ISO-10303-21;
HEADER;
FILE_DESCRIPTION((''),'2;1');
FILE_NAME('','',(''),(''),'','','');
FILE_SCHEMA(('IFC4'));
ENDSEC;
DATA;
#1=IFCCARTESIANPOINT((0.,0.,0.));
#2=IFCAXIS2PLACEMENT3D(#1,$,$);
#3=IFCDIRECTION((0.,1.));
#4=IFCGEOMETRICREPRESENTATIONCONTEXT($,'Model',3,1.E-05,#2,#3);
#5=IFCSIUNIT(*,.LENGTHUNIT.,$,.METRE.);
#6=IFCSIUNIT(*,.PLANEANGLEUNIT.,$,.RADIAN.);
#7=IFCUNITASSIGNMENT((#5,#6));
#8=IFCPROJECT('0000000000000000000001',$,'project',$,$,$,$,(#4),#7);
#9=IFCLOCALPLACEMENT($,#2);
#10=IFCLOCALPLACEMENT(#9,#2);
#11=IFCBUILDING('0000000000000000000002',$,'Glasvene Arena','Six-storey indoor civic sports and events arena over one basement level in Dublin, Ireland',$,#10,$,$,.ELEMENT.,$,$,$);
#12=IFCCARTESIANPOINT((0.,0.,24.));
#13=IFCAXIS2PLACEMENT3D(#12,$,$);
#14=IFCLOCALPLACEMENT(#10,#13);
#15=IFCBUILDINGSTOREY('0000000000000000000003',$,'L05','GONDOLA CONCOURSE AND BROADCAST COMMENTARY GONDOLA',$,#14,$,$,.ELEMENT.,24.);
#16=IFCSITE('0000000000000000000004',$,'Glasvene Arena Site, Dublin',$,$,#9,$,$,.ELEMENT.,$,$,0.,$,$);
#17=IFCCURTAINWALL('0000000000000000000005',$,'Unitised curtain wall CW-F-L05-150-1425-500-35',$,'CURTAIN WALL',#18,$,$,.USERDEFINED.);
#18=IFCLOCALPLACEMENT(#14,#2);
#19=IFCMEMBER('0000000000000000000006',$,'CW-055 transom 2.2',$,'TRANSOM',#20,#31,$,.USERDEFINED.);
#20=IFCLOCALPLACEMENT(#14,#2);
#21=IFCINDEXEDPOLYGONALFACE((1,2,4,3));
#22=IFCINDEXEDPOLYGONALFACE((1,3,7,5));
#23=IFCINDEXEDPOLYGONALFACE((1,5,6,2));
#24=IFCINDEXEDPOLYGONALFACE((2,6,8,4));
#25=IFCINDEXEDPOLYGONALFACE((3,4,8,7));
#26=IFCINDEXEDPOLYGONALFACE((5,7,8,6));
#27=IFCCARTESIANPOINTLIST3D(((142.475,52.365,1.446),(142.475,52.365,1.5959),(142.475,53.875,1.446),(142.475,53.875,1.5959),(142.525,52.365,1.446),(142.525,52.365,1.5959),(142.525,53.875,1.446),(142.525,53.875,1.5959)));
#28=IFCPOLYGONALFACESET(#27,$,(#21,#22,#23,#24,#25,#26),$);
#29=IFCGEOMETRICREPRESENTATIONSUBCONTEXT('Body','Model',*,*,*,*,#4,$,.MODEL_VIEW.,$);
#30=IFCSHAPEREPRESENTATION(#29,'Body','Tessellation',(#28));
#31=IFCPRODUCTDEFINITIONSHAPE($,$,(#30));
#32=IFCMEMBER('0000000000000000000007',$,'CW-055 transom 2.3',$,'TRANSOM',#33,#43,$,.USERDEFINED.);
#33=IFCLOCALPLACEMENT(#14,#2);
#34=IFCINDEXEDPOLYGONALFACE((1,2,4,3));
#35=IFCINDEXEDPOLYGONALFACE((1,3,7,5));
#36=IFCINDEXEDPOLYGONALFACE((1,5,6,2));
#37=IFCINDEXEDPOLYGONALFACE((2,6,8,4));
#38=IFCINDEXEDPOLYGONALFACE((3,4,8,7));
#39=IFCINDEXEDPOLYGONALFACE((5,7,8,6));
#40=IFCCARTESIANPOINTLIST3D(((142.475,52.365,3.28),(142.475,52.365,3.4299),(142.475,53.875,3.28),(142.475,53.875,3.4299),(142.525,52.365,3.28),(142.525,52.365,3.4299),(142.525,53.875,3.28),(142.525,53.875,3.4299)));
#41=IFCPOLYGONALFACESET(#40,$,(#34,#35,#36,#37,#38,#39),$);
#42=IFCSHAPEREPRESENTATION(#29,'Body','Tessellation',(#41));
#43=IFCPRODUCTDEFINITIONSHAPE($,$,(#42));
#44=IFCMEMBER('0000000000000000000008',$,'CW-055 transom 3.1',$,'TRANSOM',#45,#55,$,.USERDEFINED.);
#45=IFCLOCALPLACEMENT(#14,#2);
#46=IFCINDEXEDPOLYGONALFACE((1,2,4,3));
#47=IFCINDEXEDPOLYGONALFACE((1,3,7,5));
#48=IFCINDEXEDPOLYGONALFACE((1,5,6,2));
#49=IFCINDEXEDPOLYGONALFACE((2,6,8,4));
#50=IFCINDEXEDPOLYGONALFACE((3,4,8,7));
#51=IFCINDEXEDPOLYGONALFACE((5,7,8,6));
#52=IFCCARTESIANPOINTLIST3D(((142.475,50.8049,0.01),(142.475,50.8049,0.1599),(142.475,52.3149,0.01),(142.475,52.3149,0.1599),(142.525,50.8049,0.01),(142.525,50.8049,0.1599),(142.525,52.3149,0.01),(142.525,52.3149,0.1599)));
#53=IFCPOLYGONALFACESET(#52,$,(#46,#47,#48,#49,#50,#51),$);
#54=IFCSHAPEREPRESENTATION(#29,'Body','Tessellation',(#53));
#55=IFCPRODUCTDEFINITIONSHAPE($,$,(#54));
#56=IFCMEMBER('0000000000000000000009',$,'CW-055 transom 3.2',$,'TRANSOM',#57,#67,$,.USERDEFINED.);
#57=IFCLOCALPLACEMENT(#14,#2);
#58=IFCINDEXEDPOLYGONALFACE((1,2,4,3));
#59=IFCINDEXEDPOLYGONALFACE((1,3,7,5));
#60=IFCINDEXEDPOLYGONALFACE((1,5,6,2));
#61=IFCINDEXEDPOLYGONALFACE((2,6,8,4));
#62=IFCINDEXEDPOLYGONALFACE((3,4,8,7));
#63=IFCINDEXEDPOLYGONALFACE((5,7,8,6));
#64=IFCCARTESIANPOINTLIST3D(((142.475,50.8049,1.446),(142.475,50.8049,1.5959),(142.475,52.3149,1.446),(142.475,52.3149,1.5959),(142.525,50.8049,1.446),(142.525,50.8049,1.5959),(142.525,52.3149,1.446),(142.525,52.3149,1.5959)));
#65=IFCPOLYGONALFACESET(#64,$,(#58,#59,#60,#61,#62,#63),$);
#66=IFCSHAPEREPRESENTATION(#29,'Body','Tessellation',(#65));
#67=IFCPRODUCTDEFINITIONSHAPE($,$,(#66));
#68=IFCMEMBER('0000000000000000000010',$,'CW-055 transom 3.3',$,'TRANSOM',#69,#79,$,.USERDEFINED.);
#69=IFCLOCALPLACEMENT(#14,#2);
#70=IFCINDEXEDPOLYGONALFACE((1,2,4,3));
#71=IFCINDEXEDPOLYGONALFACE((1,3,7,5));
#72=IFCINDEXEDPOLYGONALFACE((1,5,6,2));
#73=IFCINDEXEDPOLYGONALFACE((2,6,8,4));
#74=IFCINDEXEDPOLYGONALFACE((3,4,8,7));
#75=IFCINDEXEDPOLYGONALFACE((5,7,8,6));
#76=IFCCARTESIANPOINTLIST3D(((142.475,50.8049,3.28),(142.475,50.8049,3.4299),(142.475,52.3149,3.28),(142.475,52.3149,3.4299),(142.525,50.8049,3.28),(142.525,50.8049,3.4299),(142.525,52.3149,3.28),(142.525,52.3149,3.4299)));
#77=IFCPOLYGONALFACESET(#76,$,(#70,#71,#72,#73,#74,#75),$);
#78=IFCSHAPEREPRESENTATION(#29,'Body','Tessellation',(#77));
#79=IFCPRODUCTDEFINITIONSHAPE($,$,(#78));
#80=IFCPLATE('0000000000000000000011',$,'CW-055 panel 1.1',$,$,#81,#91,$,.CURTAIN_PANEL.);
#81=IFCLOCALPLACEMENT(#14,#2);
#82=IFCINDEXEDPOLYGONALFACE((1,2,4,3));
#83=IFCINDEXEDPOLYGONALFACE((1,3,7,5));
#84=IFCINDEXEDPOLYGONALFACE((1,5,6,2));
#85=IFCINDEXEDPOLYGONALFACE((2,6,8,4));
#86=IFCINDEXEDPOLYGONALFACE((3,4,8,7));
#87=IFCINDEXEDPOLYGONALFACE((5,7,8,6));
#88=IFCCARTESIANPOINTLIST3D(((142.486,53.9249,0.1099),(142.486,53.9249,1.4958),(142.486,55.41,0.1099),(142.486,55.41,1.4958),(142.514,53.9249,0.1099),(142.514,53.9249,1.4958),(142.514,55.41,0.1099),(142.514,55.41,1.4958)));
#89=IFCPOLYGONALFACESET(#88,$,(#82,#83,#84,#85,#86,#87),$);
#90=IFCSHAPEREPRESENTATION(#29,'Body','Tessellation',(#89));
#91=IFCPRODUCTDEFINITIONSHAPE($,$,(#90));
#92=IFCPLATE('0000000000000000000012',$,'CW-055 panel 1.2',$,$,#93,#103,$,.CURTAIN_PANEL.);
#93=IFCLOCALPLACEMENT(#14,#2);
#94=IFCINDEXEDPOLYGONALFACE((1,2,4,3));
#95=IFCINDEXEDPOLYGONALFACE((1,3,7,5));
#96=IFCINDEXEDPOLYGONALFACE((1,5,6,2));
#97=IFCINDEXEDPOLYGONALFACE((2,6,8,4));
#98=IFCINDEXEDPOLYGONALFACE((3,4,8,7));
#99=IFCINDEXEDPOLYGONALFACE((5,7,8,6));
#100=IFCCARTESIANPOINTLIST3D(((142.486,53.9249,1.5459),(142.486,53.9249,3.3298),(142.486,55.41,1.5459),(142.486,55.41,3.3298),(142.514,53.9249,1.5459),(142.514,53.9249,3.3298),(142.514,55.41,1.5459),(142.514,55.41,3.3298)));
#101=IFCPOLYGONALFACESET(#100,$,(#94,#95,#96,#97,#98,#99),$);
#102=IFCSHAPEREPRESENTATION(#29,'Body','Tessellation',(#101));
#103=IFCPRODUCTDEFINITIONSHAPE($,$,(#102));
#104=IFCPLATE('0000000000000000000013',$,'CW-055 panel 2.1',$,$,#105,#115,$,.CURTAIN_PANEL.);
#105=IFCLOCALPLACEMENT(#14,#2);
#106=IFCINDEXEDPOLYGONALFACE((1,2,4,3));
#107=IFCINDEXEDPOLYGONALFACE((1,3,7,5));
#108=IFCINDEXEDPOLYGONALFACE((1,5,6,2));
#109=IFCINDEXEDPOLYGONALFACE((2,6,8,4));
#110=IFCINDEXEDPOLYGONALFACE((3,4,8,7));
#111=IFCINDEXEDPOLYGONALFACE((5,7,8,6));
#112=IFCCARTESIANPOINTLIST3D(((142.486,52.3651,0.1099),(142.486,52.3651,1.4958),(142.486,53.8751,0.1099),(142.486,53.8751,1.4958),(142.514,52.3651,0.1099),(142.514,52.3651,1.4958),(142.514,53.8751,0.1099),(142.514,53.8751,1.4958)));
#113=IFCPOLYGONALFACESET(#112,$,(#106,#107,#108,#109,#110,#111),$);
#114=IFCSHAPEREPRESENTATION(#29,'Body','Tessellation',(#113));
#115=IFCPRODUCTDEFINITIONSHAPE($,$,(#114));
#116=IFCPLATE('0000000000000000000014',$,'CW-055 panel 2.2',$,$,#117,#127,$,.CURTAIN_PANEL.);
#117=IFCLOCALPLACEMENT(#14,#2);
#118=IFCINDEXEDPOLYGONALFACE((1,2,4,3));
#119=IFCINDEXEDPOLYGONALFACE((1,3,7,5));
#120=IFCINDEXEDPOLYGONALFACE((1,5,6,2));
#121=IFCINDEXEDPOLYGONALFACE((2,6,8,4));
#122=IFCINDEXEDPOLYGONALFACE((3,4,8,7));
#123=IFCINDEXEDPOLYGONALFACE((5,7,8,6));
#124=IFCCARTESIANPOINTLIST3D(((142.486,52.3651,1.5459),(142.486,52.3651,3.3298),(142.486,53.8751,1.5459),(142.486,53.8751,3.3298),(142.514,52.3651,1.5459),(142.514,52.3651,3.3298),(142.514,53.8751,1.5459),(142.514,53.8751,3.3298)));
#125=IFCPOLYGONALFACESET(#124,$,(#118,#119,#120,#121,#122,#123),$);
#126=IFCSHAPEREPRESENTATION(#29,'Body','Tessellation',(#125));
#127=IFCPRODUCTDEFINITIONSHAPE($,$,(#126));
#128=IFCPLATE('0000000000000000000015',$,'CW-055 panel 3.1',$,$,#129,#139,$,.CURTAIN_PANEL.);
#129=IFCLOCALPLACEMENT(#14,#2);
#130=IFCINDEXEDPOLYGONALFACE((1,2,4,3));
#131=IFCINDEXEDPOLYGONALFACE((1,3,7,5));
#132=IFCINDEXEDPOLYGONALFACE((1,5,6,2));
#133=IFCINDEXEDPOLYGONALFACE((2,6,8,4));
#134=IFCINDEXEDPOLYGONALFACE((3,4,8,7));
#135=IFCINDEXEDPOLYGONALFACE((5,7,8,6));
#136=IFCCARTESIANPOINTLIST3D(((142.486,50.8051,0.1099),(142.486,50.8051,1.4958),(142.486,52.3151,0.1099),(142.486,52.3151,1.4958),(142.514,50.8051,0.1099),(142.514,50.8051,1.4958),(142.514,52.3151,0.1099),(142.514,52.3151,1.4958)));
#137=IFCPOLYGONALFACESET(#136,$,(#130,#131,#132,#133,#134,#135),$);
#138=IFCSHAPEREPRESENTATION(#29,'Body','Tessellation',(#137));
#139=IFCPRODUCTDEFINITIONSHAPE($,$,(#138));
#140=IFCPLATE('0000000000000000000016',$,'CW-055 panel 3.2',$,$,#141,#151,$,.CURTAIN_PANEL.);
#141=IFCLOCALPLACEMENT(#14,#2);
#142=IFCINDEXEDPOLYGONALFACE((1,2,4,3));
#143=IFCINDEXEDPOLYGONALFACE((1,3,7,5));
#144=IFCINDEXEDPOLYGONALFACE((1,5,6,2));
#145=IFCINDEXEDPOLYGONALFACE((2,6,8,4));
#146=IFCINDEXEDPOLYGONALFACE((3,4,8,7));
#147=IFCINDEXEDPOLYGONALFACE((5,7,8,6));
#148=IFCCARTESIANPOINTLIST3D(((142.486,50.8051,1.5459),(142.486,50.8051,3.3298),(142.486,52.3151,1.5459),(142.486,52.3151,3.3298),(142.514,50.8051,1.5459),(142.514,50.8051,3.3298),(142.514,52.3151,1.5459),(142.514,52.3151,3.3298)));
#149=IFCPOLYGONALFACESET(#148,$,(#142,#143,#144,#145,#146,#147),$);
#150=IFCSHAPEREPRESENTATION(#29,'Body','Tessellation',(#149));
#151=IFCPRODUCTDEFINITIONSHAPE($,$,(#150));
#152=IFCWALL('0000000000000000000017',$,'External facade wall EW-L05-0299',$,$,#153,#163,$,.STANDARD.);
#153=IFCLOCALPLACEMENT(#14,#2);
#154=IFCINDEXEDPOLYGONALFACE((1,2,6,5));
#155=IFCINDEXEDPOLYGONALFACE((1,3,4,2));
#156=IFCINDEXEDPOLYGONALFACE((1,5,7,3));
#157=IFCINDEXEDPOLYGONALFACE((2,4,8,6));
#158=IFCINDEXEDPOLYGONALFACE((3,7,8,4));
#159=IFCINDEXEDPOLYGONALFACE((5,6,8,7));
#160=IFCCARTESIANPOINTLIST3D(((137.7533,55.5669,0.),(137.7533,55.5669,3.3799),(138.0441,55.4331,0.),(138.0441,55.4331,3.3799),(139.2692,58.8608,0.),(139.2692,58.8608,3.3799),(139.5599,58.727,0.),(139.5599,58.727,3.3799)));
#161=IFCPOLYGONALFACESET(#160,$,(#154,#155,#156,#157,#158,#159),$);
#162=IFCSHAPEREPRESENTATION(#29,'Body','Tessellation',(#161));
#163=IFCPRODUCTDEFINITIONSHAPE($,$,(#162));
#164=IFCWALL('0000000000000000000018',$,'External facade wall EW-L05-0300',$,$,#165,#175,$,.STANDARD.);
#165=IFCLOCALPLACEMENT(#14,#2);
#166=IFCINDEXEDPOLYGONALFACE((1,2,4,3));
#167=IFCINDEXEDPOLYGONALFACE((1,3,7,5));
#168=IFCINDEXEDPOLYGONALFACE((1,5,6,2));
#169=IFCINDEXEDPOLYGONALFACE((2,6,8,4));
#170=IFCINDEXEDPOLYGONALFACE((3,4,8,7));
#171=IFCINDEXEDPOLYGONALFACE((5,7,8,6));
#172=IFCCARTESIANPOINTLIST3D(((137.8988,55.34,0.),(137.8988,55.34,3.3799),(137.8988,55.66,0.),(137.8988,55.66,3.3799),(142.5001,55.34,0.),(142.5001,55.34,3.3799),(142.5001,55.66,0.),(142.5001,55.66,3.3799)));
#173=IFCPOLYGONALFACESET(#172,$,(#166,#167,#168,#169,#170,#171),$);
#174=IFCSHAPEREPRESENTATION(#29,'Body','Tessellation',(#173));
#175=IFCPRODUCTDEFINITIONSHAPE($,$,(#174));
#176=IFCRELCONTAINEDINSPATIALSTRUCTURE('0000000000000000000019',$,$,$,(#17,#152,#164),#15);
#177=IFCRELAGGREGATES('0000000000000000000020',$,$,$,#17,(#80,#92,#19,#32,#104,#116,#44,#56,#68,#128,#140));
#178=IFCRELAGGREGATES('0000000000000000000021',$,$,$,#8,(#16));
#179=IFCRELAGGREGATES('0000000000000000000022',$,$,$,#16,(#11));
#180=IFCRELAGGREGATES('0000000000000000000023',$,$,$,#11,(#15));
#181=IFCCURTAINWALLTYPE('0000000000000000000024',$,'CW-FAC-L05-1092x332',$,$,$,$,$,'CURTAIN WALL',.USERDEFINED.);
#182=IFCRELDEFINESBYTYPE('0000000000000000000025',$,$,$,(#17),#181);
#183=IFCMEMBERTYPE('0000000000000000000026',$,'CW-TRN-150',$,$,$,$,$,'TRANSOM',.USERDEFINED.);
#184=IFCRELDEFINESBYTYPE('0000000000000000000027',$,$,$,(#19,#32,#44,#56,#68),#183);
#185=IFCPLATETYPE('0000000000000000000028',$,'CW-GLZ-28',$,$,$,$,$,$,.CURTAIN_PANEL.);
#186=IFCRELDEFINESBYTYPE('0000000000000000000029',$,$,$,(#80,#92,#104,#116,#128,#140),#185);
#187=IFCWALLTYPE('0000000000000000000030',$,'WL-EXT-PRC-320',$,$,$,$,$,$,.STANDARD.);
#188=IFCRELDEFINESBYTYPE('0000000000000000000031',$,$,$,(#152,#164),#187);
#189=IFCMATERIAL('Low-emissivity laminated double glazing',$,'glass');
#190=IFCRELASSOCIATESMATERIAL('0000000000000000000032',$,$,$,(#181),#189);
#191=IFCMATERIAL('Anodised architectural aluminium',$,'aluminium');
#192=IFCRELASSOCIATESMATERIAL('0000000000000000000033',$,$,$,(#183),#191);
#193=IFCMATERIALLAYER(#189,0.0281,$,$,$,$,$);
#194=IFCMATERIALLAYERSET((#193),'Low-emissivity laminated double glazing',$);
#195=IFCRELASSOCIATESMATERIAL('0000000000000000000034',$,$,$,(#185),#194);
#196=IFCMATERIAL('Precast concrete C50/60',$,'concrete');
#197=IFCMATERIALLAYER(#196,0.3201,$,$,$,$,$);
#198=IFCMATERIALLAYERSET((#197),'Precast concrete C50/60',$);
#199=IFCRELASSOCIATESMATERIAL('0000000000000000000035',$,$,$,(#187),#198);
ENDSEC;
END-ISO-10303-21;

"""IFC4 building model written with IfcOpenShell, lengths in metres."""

from ifc_helpers import new_model, si_unit, direction, frame, frame_2d, origin, origin_2d, place, context, subcontext, project, spatial, rectangle, extrude, material, layer, layer_set, material_profile, profile_set, type_object, element, aggregate, save


model = new_model("IFC4")

# Units and contexts
model_context = context("Model", 3, precision=1e-05, world=origin(), true_north=direction((0.0, 1.0)))
body_context = subcontext(model_context, "Body", "Model", "MODEL_VIEW")
ifc_project = project(units=[si_unit("LENGTHUNIT", "METRE"), si_unit("PLANEANGLEUNIT", "RADIAN")], contexts=[model_context])

# Site, building, storey
site_placement = place(None, origin())
site = spatial("IfcSite", under=ifc_project, at=site_placement, Name="Glasvene Arena Site, Dublin", CompositionType="ELEMENT", RefElevation=0.0)
building_placement = place(site_placement, origin())
building = spatial("IfcBuilding", under=site, at=building_placement, Name="Glasvene Arena", Description="Six-storey indoor civic sports and events arena over one basement level in Dublin, Ireland", CompositionType="ELEMENT")
storey_placement = place(building_placement, frame((0.0, 0.0, 24.0)))
storey = spatial("IfcBuildingStorey", under=building, at=storey_placement, Name="L05", Description="GONDOLA CONCOURSE AND BROADCAST COMMENTARY GONDOLA", CompositionType="ELEMENT", Elevation=24.0)

# Curtain wall, members, plates
ifc_material_1 = material(Name="Low-emissivity laminated double glazing", Category="glass")
curtain_wall_type = type_object("IfcCurtainWallType", Name="CW-FAC-L05-1092x332", ElementType="CURTAIN WALL", PredefinedType="USERDEFINED", material=ifc_material_1)
curtain_wall_placement = place(storey_placement, frame((142.5, 55.46, 0.0)))
curtain_wall = element("IfcCurtainWall", 1, at=curtain_wall_placement, inside=storey, type_object=curtain_wall_type, Name="Unitised curtain wall CW-F-L05-150-1425-500-35", ObjectType="CURTAIN WALL", PredefinedType="USERDEFINED")
ifc_material_2 = material(Name="Anodised architectural aluminium", Category="aluminium")
ifc_material_profile_1 = material_profile(ifc_material_2, rectangle(XDim=0.05, YDim=0.1499, at=origin_2d()), Name="ALU TRANSOM 50x150")
ifc_profile_set_1 = profile_set([ifc_material_profile_1], Name="Anodised architectural aluminium")
member_type_1 = type_object("IfcMemberType", Name="CW-TRN-150", ElementType="TRANSOM", PredefinedType="USERDEFINED", material=ifc_profile_set_1)
member_1_placement = place(storey_placement, frame((142.5, 53.875, 1.521), z_axis=(0.0, -1.0, 0.0), x_axis=(1.0, 0.0, 0.0)))
member_1 = element("IfcMember", 2, at=member_1_placement, type_object=member_type_1, Name="CW-055 transom 2.2", ObjectType="TRANSOM", PredefinedType="USERDEFINED", context=body_context, shape_type="SweptSolid", body=[
    extrude(rectangle(XDim=0.05, YDim=0.1499, at=origin_2d()), origin(), (0.0, 0.0, 1.0), 1.51),
])
member_2_placement = place(storey_placement, frame((142.5, 53.875, 3.355), z_axis=(0.0, -1.0, 0.0), x_axis=(1.0, 0.0, 0.0)))
member_2 = element("IfcMember", 3, at=member_2_placement, type_object=member_type_1, Name="CW-055 transom 2.3", ObjectType="TRANSOM", PredefinedType="USERDEFINED", context=body_context, shape_type="SweptSolid", body=[
    extrude(rectangle(XDim=0.05, YDim=0.1499, at=origin_2d()), origin(), (0.0, 0.0, 1.0), 1.51),
])
member_3_placement = place(storey_placement, frame((142.5, 52.3149, 0.085), z_axis=(0.0, -1.0, 0.0), x_axis=(1.0, 0.0, 0.0)))
member_3 = element("IfcMember", 4, at=member_3_placement, type_object=member_type_1, Name="CW-055 transom 3.1", ObjectType="TRANSOM", PredefinedType="USERDEFINED", context=body_context, shape_type="SweptSolid", body=[
    extrude(rectangle(XDim=0.05, YDim=0.1499, at=origin_2d()), origin(), (0.0, 0.0, 1.0), 1.51),
])
member_4_placement = place(storey_placement, frame((142.5, 52.3149, 1.521), z_axis=(0.0, -1.0, 0.0), x_axis=(1.0, 0.0, 0.0)))
member_4 = element("IfcMember", 5, at=member_4_placement, type_object=member_type_1, Name="CW-055 transom 3.2", ObjectType="TRANSOM", PredefinedType="USERDEFINED", context=body_context, shape_type="SweptSolid", body=[
    extrude(rectangle(XDim=0.05, YDim=0.1499, at=origin_2d()), origin(), (0.0, 0.0, 1.0), 1.51),
])
member_5_placement = place(storey_placement, frame((142.5, 52.3149, 3.355), z_axis=(0.0, -1.0, 0.0), x_axis=(1.0, 0.0, 0.0)))
member_5 = element("IfcMember", 6, at=member_5_placement, type_object=member_type_1, Name="CW-055 transom 3.3", ObjectType="TRANSOM", PredefinedType="USERDEFINED", context=body_context, shape_type="SweptSolid", body=[
    extrude(rectangle(XDim=0.05, YDim=0.1499, at=origin_2d()), origin(), (0.0, 0.0, 1.0), 1.51),
])
ifc_layer_1 = layer(ifc_material_1, 0.0281)
ifc_layer_set_1 = layer_set([ifc_layer_1], Name="Low-emissivity laminated double glazing")
plate_type = type_object("IfcPlateType", Name="CW-GLZ-28", PredefinedType="CURTAIN_PANEL", material=ifc_layer_set_1)
plate_1_placement = place(storey_placement, frame((142.5, 54.6675, 0.1099), z_axis=(0.0, 0.0, 1.0), x_axis=(0.0, -1.0, 0.0)))
plate_1 = element("IfcPlate", 7, at=plate_1_placement, type_object=plate_type, Name="CW-055 panel 1.1", PredefinedType="CURTAIN_PANEL", context=body_context, shape_type="SweptSolid", body=[
    extrude(rectangle(XDim=1.4851, YDim=0.0281, at=origin_2d()), origin(), (0.0, 0.0, 1.0), 1.386),
])
plate_2_placement = place(storey_placement, frame((142.5, 54.6675, 1.5459), z_axis=(0.0, 0.0, 1.0), x_axis=(0.0, -1.0, 0.0)))
plate_2 = element("IfcPlate", 8, at=plate_2_placement, type_object=plate_type, Name="CW-055 panel 1.2", PredefinedType="CURTAIN_PANEL", context=body_context, shape_type="SweptSolid", body=[
    extrude(rectangle(XDim=1.4851, YDim=0.0281, at=origin_2d()), origin(), (0.0, 0.0, 1.0), 1.7839),
])
plate_3_placement = place(storey_placement, frame((142.5, 53.1201, 0.1099), z_axis=(0.0, 0.0, 1.0), x_axis=(0.0, -1.0, 0.0)))
plate_3 = element("IfcPlate", 9, at=plate_3_placement, type_object=plate_type, Name="CW-055 panel 2.1", PredefinedType="CURTAIN_PANEL", context=body_context, shape_type="SweptSolid", body=[
    extrude(rectangle(XDim=1.51, YDim=0.0281, at=origin_2d()), origin(), (0.0, 0.0, 1.0), 1.386),
])
plate_4_placement = place(storey_placement, frame((142.5, 53.1201, 1.5459), z_axis=(0.0, 0.0, 1.0), x_axis=(0.0, -1.0, 0.0)))
plate_4 = element("IfcPlate", 10, at=plate_4_placement, type_object=plate_type, Name="CW-055 panel 2.2", PredefinedType="CURTAIN_PANEL", context=body_context, shape_type="SweptSolid", body=[
    extrude(rectangle(XDim=1.51, YDim=0.0281, at=origin_2d()), origin(), (0.0, 0.0, 1.0), 1.7839),
])
plate_5_placement = place(storey_placement, frame((142.5, 51.5601, 0.1099), z_axis=(0.0, 0.0, 1.0), x_axis=(0.0, -1.0, 0.0)))
plate_5 = element("IfcPlate", 11, at=plate_5_placement, type_object=plate_type, Name="CW-055 panel 3.1", PredefinedType="CURTAIN_PANEL", context=body_context, shape_type="SweptSolid", body=[
    extrude(rectangle(XDim=1.51, YDim=0.0281, at=origin_2d()), origin(), (0.0, 0.0, 1.0), 1.386),
])
plate_6_placement = place(storey_placement, frame((142.5, 51.5601, 1.5459), z_axis=(0.0, 0.0, 1.0), x_axis=(0.0, -1.0, 0.0)))
plate_6 = element("IfcPlate", 12, at=plate_6_placement, type_object=plate_type, Name="CW-055 panel 3.2", PredefinedType="CURTAIN_PANEL", context=body_context, shape_type="SweptSolid", body=[
    extrude(rectangle(XDim=1.51, YDim=0.0281, at=origin_2d()), origin(), (0.0, 0.0, 1.0), 1.7839),
])
aggregate(curtain_wall, [plate_1, plate_2, member_1, member_2, plate_3, plate_4, member_3, member_4, member_5, plate_5, plate_6])

# Walls
ifc_material_3 = material(Name="Precast concrete C50/60", Category="concrete")
ifc_layer_2 = layer(ifc_material_3, 0.3201)
ifc_layer_set_2 = layer_set([ifc_layer_2], Name="Precast concrete C50/60")
wall_type = type_object("IfcWallType", Name="WL-EXT-PRC-320", PredefinedType="STANDARD", material=ifc_layer_set_2)
wall_1_placement = place(storey_placement, frame((139.4146, 58.7939, 0.0), z_axis=(0.0, 0.0, 1.0), x_axis=(-0.418055, -0.908422, 0.0)))
element("IfcWall", 13, at=wall_1_placement, inside=storey, type_object=wall_type, Name="External facade wall EW-L05-0299", PredefinedType="STANDARD", context=body_context, shape_type="SweptSolid", body=[
    extrude(rectangle(XDim=3.626, YDim=0.3201, at=frame_2d((1.813, 0.0))), origin(), (0.0, 0.0, 1.0), 3.3799),
])
wall_2_placement = place(storey_placement, frame((137.8987, 55.5, 0.0), z_axis=(0.0, 0.0, 1.0), x_axis=(1.0, 0.0, 0.0)))
element("IfcWall", 14, at=wall_2_placement, inside=storey, type_object=wall_type, Name="External facade wall EW-L05-0300", PredefinedType="STANDARD", context=body_context, shape_type="SweptSolid", body=[
    extrude(rectangle(XDim=4.6013, YDim=0.3201, at=frame_2d((2.3008, 0.0))), origin(), (0.0, 0.0, 1.0), 3.3799),
])

save(model, "model.ifc")
